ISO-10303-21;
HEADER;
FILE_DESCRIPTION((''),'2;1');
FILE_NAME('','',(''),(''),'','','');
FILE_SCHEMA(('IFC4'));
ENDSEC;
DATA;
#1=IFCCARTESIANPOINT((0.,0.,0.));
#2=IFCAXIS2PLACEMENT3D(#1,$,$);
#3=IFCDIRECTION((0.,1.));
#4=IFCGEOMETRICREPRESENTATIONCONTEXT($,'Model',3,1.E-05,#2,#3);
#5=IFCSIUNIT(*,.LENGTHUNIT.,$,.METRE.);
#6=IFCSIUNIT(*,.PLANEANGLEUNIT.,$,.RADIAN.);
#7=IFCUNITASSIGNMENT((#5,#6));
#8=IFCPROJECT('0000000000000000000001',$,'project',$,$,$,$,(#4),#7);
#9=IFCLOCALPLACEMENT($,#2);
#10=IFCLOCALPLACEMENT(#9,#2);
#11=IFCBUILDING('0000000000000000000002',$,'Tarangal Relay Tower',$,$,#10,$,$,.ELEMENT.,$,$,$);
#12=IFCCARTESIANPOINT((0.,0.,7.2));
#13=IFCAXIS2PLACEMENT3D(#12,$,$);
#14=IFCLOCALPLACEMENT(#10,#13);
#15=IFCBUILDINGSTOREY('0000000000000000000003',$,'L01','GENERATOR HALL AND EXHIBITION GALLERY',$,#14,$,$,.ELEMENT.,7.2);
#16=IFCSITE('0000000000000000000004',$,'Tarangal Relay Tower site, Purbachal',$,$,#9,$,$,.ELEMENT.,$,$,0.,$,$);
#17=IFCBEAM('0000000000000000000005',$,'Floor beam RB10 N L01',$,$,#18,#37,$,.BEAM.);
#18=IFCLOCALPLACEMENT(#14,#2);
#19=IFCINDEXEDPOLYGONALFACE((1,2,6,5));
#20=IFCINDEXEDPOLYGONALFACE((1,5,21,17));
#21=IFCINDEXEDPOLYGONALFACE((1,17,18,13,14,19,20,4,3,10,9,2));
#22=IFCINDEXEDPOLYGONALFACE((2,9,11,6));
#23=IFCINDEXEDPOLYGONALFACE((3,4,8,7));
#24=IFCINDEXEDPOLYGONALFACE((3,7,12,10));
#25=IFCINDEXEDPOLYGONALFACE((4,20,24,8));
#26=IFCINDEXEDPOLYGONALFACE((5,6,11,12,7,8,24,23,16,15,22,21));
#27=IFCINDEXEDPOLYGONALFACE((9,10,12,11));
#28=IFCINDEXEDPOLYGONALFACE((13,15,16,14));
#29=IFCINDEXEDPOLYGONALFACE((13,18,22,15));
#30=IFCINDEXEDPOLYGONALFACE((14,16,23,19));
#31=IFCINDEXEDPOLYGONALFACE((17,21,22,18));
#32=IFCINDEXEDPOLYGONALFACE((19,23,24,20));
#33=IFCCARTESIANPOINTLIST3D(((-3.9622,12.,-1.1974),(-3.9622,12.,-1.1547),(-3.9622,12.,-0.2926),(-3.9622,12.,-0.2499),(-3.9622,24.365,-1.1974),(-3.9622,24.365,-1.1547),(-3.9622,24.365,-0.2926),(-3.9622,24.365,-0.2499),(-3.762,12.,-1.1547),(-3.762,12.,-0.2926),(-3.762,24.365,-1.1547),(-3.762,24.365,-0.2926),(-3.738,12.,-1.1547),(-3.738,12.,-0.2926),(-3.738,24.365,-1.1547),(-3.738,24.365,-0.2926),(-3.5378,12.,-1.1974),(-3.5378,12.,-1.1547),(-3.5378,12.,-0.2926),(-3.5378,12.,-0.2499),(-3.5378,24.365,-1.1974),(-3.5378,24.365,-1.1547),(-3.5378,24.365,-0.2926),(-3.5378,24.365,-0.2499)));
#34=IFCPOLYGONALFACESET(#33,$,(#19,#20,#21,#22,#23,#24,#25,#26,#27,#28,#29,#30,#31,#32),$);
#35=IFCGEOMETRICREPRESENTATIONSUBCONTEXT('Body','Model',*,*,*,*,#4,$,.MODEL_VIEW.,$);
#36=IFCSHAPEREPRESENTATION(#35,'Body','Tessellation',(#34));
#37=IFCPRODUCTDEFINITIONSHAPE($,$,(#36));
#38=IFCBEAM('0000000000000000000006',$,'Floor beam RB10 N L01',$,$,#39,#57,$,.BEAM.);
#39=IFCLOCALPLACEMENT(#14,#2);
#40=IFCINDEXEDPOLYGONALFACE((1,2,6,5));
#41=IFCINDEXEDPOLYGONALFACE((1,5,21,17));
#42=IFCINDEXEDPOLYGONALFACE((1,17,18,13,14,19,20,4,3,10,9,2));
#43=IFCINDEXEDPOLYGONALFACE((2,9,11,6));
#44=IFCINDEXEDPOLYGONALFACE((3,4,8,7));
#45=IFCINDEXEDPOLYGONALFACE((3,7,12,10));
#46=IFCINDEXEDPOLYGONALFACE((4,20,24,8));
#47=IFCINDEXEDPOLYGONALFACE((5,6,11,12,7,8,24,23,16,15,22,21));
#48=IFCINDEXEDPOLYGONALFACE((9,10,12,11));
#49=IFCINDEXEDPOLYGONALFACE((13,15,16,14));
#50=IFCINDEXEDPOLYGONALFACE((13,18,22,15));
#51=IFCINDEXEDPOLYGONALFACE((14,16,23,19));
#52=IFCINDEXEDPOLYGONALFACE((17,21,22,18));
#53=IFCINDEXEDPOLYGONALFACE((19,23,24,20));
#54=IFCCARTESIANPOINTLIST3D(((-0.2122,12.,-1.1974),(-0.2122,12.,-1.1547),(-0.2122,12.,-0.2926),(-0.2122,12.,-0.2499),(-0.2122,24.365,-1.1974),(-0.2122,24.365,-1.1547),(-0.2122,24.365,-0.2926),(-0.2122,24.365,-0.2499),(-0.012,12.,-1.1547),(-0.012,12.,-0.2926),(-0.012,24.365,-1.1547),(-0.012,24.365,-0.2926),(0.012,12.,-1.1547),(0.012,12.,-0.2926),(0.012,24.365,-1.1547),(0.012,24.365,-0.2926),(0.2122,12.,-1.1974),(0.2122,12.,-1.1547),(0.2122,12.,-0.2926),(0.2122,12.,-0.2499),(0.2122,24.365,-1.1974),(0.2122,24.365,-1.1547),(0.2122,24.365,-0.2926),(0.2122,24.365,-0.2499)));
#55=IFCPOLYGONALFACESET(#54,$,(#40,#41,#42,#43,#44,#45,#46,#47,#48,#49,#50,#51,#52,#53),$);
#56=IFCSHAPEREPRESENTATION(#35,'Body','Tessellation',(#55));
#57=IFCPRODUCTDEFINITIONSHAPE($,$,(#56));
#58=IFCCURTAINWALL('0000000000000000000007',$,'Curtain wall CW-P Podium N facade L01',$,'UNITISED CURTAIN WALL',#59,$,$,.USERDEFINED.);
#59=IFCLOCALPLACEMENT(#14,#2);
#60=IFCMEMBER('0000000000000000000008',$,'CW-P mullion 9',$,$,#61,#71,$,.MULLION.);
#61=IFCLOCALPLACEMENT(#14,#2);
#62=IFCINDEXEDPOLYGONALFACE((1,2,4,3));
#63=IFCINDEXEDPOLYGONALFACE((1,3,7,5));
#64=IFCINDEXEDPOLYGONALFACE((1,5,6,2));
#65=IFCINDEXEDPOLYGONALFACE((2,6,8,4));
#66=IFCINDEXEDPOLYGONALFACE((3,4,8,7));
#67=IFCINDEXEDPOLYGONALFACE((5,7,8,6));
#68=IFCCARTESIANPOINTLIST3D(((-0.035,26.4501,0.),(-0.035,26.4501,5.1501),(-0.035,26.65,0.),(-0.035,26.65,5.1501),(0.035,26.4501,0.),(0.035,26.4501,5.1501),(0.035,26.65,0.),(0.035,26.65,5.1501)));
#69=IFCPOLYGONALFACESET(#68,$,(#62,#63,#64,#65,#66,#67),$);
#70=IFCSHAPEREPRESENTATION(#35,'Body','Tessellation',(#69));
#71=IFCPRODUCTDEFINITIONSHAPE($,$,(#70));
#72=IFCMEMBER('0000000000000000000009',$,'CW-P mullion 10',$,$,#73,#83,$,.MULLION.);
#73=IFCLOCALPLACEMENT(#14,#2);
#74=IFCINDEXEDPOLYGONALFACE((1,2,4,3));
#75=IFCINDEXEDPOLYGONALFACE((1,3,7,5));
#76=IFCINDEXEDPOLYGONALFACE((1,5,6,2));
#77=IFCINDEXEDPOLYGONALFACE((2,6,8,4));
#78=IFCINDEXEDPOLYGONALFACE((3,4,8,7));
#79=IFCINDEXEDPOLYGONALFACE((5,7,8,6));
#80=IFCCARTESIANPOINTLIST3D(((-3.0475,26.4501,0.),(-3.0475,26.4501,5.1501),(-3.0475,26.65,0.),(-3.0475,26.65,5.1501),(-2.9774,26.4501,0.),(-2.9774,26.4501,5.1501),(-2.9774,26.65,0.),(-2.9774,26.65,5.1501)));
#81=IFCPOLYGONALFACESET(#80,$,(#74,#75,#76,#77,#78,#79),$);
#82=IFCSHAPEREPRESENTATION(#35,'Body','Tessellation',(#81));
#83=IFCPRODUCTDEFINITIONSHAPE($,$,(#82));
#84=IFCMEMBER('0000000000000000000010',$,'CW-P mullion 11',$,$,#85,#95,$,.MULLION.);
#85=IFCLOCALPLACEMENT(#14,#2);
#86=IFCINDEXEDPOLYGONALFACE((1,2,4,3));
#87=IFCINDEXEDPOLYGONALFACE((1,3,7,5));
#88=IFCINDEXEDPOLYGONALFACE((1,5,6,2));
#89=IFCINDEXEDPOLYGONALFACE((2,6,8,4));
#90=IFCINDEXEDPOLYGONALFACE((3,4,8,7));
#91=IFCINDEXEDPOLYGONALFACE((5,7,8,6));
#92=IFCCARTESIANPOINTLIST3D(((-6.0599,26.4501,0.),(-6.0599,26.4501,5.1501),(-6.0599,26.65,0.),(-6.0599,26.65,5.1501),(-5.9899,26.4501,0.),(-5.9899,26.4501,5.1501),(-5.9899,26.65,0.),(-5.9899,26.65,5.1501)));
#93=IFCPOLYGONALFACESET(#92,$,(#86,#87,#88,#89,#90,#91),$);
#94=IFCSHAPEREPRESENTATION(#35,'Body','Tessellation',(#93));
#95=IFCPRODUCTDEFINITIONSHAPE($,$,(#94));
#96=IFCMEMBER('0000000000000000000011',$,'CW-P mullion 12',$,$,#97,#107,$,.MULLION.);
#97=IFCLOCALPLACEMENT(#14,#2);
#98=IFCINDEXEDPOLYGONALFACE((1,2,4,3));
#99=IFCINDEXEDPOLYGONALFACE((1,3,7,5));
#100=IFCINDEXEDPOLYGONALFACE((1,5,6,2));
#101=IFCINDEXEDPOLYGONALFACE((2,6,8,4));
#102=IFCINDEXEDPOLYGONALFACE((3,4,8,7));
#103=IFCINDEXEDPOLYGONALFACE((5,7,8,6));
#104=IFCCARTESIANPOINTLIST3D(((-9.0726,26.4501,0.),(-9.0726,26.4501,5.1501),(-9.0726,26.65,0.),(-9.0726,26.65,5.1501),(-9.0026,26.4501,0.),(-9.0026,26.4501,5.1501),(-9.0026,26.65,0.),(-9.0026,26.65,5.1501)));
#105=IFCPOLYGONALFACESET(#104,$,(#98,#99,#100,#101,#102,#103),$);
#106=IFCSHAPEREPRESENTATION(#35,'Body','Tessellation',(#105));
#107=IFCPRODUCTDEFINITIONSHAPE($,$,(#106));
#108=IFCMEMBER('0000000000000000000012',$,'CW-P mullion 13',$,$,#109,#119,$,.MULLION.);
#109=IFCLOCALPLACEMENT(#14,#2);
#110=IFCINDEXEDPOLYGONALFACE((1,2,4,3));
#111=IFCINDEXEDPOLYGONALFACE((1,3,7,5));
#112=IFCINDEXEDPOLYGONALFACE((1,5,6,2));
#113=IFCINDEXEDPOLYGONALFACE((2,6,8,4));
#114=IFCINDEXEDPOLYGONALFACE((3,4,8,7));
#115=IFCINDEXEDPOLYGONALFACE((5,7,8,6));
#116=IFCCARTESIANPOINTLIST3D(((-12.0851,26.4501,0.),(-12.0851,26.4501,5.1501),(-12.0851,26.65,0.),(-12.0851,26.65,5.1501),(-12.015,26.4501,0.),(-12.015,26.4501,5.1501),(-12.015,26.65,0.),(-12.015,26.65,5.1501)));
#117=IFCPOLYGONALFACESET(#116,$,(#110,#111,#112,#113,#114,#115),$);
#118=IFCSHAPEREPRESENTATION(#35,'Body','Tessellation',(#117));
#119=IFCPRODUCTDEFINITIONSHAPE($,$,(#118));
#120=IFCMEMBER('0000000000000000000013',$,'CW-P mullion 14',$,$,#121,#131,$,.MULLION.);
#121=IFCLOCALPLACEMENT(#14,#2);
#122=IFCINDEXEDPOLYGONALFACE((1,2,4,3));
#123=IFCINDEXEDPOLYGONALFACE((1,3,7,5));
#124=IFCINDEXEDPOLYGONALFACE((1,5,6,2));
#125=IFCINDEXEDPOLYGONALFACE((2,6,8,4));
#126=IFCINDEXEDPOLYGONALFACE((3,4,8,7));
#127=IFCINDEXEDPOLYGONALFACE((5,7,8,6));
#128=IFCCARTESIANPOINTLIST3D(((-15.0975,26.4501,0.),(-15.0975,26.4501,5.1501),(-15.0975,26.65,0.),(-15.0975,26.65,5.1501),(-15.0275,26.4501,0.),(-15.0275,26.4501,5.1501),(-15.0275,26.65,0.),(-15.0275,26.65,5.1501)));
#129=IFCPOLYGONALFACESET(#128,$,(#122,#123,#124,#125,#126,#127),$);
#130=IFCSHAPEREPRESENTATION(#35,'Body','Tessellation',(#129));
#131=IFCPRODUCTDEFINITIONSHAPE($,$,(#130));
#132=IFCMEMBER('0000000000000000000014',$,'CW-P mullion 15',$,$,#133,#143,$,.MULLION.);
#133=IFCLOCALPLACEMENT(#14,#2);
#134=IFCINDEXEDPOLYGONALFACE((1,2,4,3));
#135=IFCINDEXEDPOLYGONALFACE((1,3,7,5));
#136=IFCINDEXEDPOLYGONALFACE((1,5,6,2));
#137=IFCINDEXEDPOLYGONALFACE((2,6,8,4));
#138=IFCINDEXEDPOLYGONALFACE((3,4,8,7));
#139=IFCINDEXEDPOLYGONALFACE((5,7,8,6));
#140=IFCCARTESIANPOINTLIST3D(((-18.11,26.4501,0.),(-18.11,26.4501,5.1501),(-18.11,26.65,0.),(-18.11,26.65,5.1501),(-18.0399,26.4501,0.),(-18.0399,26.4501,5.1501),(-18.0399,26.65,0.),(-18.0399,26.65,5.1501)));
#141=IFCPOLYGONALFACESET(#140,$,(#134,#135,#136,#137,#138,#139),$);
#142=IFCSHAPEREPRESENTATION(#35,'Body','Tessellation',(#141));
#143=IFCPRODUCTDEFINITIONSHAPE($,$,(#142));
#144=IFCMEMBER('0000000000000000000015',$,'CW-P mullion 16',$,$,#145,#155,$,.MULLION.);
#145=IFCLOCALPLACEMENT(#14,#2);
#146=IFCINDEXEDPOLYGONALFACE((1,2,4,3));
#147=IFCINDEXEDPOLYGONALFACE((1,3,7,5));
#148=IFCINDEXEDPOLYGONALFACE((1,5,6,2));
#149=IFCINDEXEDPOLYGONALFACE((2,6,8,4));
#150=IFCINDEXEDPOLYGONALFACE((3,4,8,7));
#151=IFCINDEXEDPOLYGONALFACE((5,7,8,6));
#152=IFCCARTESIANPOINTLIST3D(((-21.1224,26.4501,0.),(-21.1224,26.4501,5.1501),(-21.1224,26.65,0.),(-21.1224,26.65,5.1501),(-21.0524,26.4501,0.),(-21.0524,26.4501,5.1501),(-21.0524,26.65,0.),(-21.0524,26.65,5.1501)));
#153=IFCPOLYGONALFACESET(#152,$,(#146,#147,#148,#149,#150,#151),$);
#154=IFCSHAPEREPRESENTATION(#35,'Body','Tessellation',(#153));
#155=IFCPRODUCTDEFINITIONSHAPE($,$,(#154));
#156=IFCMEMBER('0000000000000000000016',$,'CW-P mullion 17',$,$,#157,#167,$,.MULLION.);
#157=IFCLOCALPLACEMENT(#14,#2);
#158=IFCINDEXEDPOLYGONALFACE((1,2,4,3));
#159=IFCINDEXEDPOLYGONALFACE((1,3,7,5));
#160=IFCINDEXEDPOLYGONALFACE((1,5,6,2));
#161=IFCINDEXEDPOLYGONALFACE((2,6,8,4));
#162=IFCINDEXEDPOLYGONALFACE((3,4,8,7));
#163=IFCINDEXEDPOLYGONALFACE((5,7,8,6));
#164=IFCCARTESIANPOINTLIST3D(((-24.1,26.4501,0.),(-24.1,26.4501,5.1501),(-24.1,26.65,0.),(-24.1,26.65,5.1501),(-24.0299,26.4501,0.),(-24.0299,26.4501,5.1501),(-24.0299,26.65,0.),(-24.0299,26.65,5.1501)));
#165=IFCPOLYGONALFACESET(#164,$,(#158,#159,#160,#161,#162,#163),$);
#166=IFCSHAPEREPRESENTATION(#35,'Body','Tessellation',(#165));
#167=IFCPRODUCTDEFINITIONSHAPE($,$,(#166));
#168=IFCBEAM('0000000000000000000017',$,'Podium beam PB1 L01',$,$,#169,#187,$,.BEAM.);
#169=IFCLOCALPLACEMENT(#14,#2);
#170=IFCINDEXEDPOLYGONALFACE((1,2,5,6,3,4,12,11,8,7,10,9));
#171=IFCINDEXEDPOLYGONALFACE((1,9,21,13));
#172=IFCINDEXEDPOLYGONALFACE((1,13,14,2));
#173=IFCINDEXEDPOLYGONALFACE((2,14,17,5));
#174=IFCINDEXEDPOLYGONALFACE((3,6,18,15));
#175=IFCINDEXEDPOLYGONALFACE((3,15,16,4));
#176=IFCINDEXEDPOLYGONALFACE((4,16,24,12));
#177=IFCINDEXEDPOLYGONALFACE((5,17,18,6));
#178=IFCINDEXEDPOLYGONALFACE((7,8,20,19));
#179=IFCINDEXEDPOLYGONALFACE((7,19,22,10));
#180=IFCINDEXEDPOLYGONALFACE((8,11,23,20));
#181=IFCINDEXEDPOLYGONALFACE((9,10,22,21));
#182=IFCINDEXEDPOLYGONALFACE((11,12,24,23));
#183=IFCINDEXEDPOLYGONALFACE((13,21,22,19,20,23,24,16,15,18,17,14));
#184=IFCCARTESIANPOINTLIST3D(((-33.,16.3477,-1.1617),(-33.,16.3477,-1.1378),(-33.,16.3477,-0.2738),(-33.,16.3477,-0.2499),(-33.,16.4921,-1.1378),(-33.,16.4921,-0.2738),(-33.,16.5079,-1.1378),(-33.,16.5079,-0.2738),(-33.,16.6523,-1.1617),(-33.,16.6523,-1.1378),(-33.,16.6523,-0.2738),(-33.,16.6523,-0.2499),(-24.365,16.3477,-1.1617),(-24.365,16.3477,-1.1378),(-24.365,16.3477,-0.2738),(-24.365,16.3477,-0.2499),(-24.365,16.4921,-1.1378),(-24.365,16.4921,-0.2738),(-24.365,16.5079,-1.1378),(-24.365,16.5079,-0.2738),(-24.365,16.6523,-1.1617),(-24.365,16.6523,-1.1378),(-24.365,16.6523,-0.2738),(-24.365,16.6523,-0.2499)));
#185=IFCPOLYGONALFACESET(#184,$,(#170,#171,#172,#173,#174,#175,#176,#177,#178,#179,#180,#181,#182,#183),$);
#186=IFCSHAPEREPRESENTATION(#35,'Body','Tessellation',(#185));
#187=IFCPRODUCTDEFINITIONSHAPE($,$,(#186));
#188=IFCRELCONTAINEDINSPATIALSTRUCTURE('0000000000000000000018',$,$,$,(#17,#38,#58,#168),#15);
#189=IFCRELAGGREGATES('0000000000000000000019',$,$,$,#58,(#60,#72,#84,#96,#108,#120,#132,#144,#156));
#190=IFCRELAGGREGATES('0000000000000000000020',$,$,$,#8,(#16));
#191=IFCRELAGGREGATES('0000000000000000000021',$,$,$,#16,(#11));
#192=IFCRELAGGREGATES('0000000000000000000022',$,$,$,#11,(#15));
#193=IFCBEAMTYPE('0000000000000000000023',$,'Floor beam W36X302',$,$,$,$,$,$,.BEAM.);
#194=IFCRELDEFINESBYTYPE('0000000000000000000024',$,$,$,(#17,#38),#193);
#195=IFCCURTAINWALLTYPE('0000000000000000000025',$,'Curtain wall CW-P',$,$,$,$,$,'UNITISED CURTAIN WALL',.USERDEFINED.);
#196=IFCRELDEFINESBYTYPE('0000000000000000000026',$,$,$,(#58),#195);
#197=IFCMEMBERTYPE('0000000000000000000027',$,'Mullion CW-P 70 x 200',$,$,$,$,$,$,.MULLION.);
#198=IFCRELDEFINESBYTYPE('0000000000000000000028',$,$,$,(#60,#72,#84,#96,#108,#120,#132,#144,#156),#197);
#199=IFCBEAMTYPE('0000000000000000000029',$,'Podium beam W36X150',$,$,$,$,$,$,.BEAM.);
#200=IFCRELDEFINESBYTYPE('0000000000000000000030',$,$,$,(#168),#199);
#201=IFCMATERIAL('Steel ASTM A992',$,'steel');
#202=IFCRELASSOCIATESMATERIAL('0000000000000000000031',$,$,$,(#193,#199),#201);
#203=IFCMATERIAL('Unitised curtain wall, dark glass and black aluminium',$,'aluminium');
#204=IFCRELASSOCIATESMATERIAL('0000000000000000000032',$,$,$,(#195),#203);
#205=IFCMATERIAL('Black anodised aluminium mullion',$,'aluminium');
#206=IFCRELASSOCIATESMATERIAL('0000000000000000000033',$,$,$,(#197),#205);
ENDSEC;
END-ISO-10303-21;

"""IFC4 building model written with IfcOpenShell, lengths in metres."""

from ifc_helpers import new_model, si_unit, direction, frame, origin, origin_2d, place, context, subcontext, project, spatial, rectangle, i_section, extrude, material, material_profile, profile_set, type_object, element, aggregate, save


model = new_model("IFC4")

# Units and contexts
model_context = context("Model", 3, precision=1e-05, world=origin(), true_north=direction((0.0, 1.0)))
body_context = subcontext(model_context, "Body", "Model", "MODEL_VIEW")
ifc_project = project(units=[si_unit("LENGTHUNIT", "METRE"), si_unit("PLANEANGLEUNIT", "RADIAN")], contexts=[model_context])

# Site, building, storey
site_placement = place(None, origin())
site = spatial("IfcSite", under=ifc_project, at=site_placement, Name="Tarangal Relay Tower site, Purbachal", CompositionType="ELEMENT", RefElevation=0.0)
building_placement = place(site_placement, origin())
building = spatial("IfcBuilding", under=site, at=building_placement, Name="Tarangal Relay Tower", CompositionType="ELEMENT")
storey_placement = place(building_placement, frame((0.0, 0.0, 7.2)))
storey = spatial("IfcBuildingStorey", under=building, at=storey_placement, Name="L01", Description="GENERATOR HALL AND EXHIBITION GALLERY", CompositionType="ELEMENT", Elevation=7.2)

# Beams
ifc_material_1 = material(Name="Steel ASTM A992", Category="steel")
ifc_material_profile_1 = material_profile(ifc_material_1, i_section(OverallWidth=0.4243, OverallDepth=0.9475, WebThickness=0.0239, FlangeThickness=0.0427, at=origin_2d()), Name="W36X302")
ifc_profile_set_1 = profile_set([ifc_material_profile_1], Name="Steel ASTM A992")
beam_type_1 = type_object("IfcBeamType", Name="Floor beam W36X302", PredefinedType="BEAM", material=ifc_profile_set_1)
for number, where, z_axis, x_axis, name in (
    (1, (-3.75, 12.0, -0.7236), (0.0, 1.0, 0.0), (-1.0, 0.0, 0.0), "Floor beam RB10 N L01"),
    (2, (0.0, 12.0, -0.7236), (0.0, 1.0, 0.0), (-1.0, 0.0, 0.0), "Floor beam RB10 N L01"),
):
    element("IfcBeam", number, at=place(storey_placement, frame(where, z_axis=z_axis, x_axis=x_axis)), inside=storey, type_object=beam_type_1, Name=name, PredefinedType="BEAM", context=body_context, shape_type="SweptSolid", body=[
        extrude(i_section(OverallWidth=0.4243, OverallDepth=0.9475, WebThickness=0.0239, FlangeThickness=0.0427, at=origin_2d()), origin(), (0.0, 0.0, 1.0), 12.365),
    ])

# Curtain wall, members
ifc_material_2 = material(Name="Unitised curtain wall, dark glass and black aluminium", Category="aluminium")
curtain_wall_type = type_object("IfcCurtainWallType", Name="Curtain wall CW-P", ElementType="UNITISED CURTAIN WALL", PredefinedType="USERDEFINED", material=ifc_material_2)
curtain_wall_placement = place(storey_placement, origin())
curtain_wall = element("IfcCurtainWall", 3, at=curtain_wall_placement, inside=storey, type_object=curtain_wall_type, Name="Curtain wall CW-P Podium N facade L01", ObjectType="UNITISED CURTAIN WALL", PredefinedType="USERDEFINED")
ifc_material_3 = material(Name="Black anodised aluminium mullion", Category="aluminium")
ifc_material_profile_2 = material_profile(ifc_material_3, rectangle(XDim=0.2, YDim=0.0701, at=origin_2d()), Name="CW-PM 70X200")
ifc_profile_set_2 = profile_set([ifc_material_profile_2], Name="Black anodised aluminium mullion")
member_type_1 = type_object("IfcMemberType", Name="Mullion CW-P 70 x 200", PredefinedType="MULLION", material=ifc_profile_set_2)
member_1_placement = place(storey_placement, frame((0.0, 26.55, 0.0), z_axis=(0.0, 0.0, 1.0), x_axis=(0.0, -1.0, 0.0)))
member_1 = element("IfcMember", 4, at=member_1_placement, type_object=member_type_1, Name="CW-P mullion 9", PredefinedType="MULLION", context=body_context, shape_type="SweptSolid", body=[
    extrude(rectangle(XDim=0.2, YDim=0.0701, at=origin_2d()), origin(), (0.0, 0.0, 1.0), 5.1501),
])
member_2_placement = place(storey_placement, frame((-3.0125, 26.55, 0.0), z_axis=(0.0, 0.0, 1.0), x_axis=(0.0, -1.0, 0.0)))
member_2 = element("IfcMember", 5, at=member_2_placement, type_object=member_type_1, Name="CW-P mullion 10", PredefinedType="MULLION", context=body_context, shape_type="SweptSolid", body=[
    extrude(rectangle(XDim=0.2, YDim=0.0701, at=origin_2d()), origin(), (0.0, 0.0, 1.0), 5.1501),
])
member_3_placement = place(storey_placement, frame((-6.0249, 26.55, 0.0), z_axis=(0.0, 0.0, 1.0), x_axis=(0.0, -1.0, 0.0)))
member_3 = element("IfcMember", 6, at=member_3_placement, type_object=member_type_1, Name="CW-P mullion 11", PredefinedType="MULLION", context=body_context, shape_type="SweptSolid", body=[
    extrude(rectangle(XDim=0.2, YDim=0.0701, at=origin_2d()), origin(), (0.0, 0.0, 1.0), 5.1501),
])
member_4_placement = place(storey_placement, frame((-9.0376, 26.55, 0.0), z_axis=(0.0, 0.0, 1.0), x_axis=(0.0, -1.0, 0.0)))
member_4 = element("IfcMember", 7, at=member_4_placement, type_object=member_type_1, Name="CW-P mullion 12", PredefinedType="MULLION", context=body_context, shape_type="SweptSolid", body=[
    extrude(rectangle(XDim=0.2, YDim=0.0701, at=origin_2d()), origin(), (0.0, 0.0, 1.0), 5.1501),
])
member_5_placement = place(storey_placement, frame((-12.05, 26.55, 0.0), z_axis=(0.0, 0.0, 1.0), x_axis=(0.0, -1.0, 0.0)))
member_5 = element("IfcMember", 8, at=member_5_placement, type_object=member_type_1, Name="CW-P mullion 13", PredefinedType="MULLION", context=body_context, shape_type="SweptSolid", body=[
    extrude(rectangle(XDim=0.2, YDim=0.0701, at=origin_2d()), origin(), (0.0, 0.0, 1.0), 5.1501),
])
member_6_placement = place(storey_placement, frame((-15.0625, 26.55, 0.0), z_axis=(0.0, 0.0, 1.0), x_axis=(0.0, -1.0, 0.0)))
member_6 = element("IfcMember", 9, at=member_6_placement, type_object=member_type_1, Name="CW-P mullion 14", PredefinedType="MULLION", context=body_context, shape_type="SweptSolid", body=[
    extrude(rectangle(XDim=0.2, YDim=0.0701, at=origin_2d()), origin(), (0.0, 0.0, 1.0), 5.1501),
])
member_7_placement = place(storey_placement, frame((-18.075, 26.55, 0.0), z_axis=(0.0, 0.0, 1.0), x_axis=(0.0, -1.0, 0.0)))
member_7 = element("IfcMember", 10, at=member_7_placement, type_object=member_type_1, Name="CW-P mullion 15", PredefinedType="MULLION", context=body_context, shape_type="SweptSolid", body=[
    extrude(rectangle(XDim=0.2, YDim=0.0701, at=origin_2d()), origin(), (0.0, 0.0, 1.0), 5.1501),
])
member_8_placement = place(storey_placement, frame((-21.0874, 26.55, 0.0), z_axis=(0.0, 0.0, 1.0), x_axis=(0.0, -1.0, 0.0)))
member_8 = element("IfcMember", 11, at=member_8_placement, type_object=member_type_1, Name="CW-P mullion 16", PredefinedType="MULLION", context=body_context, shape_type="SweptSolid", body=[
    extrude(rectangle(XDim=0.2, YDim=0.0701, at=origin_2d()), origin(), (0.0, 0.0, 1.0), 5.1501),
])
member_9_placement = place(storey_placement, frame((-24.0649, 26.55, 0.0), z_axis=(0.0, 0.0, 1.0), x_axis=(0.0, -1.0, 0.0)))
member_9 = element("IfcMember", 12, at=member_9_placement, type_object=member_type_1, Name="CW-P mullion 17", PredefinedType="MULLION", context=body_context, shape_type="SweptSolid", body=[
    extrude(rectangle(XDim=0.2, YDim=0.0701, at=origin_2d()), origin(), (0.0, 0.0, 1.0), 5.1501),
])

# Beam
ifc_material_profile_3 = material_profile(ifc_material_1, i_section(OverallWidth=0.3047, OverallDepth=0.9119, WebThickness=0.0159, FlangeThickness=0.0239, at=origin_2d()), Name="W36X150")
ifc_profile_set_3 = profile_set([ifc_material_profile_3], Name="Steel ASTM A992")
beam_type_2 = type_object("IfcBeamType", Name="Podium beam W36X150", PredefinedType="BEAM", material=ifc_profile_set_3)
beam_1_placement = place(storey_placement, frame((-24.365, 16.5, -0.7058), z_axis=(-1.0, 0.0, 0.0), x_axis=(0.0, -1.0, 0.0)))
element("IfcBeam", 13, at=beam_1_placement, inside=storey, type_object=beam_type_2, Name="Podium beam PB1 L01", PredefinedType="BEAM", context=body_context, shape_type="SweptSolid", body=[
    extrude(i_section(OverallWidth=0.3047, OverallDepth=0.9119, WebThickness=0.0159, FlangeThickness=0.0239, at=origin_2d()), origin(), (0.0, 0.0, 1.0), 8.635),
])

aggregate(curtain_wall, [member_1, member_2, member_3, member_4, member_5, member_6, member_7, member_8, member_9])

save(model, "model.ifc")
